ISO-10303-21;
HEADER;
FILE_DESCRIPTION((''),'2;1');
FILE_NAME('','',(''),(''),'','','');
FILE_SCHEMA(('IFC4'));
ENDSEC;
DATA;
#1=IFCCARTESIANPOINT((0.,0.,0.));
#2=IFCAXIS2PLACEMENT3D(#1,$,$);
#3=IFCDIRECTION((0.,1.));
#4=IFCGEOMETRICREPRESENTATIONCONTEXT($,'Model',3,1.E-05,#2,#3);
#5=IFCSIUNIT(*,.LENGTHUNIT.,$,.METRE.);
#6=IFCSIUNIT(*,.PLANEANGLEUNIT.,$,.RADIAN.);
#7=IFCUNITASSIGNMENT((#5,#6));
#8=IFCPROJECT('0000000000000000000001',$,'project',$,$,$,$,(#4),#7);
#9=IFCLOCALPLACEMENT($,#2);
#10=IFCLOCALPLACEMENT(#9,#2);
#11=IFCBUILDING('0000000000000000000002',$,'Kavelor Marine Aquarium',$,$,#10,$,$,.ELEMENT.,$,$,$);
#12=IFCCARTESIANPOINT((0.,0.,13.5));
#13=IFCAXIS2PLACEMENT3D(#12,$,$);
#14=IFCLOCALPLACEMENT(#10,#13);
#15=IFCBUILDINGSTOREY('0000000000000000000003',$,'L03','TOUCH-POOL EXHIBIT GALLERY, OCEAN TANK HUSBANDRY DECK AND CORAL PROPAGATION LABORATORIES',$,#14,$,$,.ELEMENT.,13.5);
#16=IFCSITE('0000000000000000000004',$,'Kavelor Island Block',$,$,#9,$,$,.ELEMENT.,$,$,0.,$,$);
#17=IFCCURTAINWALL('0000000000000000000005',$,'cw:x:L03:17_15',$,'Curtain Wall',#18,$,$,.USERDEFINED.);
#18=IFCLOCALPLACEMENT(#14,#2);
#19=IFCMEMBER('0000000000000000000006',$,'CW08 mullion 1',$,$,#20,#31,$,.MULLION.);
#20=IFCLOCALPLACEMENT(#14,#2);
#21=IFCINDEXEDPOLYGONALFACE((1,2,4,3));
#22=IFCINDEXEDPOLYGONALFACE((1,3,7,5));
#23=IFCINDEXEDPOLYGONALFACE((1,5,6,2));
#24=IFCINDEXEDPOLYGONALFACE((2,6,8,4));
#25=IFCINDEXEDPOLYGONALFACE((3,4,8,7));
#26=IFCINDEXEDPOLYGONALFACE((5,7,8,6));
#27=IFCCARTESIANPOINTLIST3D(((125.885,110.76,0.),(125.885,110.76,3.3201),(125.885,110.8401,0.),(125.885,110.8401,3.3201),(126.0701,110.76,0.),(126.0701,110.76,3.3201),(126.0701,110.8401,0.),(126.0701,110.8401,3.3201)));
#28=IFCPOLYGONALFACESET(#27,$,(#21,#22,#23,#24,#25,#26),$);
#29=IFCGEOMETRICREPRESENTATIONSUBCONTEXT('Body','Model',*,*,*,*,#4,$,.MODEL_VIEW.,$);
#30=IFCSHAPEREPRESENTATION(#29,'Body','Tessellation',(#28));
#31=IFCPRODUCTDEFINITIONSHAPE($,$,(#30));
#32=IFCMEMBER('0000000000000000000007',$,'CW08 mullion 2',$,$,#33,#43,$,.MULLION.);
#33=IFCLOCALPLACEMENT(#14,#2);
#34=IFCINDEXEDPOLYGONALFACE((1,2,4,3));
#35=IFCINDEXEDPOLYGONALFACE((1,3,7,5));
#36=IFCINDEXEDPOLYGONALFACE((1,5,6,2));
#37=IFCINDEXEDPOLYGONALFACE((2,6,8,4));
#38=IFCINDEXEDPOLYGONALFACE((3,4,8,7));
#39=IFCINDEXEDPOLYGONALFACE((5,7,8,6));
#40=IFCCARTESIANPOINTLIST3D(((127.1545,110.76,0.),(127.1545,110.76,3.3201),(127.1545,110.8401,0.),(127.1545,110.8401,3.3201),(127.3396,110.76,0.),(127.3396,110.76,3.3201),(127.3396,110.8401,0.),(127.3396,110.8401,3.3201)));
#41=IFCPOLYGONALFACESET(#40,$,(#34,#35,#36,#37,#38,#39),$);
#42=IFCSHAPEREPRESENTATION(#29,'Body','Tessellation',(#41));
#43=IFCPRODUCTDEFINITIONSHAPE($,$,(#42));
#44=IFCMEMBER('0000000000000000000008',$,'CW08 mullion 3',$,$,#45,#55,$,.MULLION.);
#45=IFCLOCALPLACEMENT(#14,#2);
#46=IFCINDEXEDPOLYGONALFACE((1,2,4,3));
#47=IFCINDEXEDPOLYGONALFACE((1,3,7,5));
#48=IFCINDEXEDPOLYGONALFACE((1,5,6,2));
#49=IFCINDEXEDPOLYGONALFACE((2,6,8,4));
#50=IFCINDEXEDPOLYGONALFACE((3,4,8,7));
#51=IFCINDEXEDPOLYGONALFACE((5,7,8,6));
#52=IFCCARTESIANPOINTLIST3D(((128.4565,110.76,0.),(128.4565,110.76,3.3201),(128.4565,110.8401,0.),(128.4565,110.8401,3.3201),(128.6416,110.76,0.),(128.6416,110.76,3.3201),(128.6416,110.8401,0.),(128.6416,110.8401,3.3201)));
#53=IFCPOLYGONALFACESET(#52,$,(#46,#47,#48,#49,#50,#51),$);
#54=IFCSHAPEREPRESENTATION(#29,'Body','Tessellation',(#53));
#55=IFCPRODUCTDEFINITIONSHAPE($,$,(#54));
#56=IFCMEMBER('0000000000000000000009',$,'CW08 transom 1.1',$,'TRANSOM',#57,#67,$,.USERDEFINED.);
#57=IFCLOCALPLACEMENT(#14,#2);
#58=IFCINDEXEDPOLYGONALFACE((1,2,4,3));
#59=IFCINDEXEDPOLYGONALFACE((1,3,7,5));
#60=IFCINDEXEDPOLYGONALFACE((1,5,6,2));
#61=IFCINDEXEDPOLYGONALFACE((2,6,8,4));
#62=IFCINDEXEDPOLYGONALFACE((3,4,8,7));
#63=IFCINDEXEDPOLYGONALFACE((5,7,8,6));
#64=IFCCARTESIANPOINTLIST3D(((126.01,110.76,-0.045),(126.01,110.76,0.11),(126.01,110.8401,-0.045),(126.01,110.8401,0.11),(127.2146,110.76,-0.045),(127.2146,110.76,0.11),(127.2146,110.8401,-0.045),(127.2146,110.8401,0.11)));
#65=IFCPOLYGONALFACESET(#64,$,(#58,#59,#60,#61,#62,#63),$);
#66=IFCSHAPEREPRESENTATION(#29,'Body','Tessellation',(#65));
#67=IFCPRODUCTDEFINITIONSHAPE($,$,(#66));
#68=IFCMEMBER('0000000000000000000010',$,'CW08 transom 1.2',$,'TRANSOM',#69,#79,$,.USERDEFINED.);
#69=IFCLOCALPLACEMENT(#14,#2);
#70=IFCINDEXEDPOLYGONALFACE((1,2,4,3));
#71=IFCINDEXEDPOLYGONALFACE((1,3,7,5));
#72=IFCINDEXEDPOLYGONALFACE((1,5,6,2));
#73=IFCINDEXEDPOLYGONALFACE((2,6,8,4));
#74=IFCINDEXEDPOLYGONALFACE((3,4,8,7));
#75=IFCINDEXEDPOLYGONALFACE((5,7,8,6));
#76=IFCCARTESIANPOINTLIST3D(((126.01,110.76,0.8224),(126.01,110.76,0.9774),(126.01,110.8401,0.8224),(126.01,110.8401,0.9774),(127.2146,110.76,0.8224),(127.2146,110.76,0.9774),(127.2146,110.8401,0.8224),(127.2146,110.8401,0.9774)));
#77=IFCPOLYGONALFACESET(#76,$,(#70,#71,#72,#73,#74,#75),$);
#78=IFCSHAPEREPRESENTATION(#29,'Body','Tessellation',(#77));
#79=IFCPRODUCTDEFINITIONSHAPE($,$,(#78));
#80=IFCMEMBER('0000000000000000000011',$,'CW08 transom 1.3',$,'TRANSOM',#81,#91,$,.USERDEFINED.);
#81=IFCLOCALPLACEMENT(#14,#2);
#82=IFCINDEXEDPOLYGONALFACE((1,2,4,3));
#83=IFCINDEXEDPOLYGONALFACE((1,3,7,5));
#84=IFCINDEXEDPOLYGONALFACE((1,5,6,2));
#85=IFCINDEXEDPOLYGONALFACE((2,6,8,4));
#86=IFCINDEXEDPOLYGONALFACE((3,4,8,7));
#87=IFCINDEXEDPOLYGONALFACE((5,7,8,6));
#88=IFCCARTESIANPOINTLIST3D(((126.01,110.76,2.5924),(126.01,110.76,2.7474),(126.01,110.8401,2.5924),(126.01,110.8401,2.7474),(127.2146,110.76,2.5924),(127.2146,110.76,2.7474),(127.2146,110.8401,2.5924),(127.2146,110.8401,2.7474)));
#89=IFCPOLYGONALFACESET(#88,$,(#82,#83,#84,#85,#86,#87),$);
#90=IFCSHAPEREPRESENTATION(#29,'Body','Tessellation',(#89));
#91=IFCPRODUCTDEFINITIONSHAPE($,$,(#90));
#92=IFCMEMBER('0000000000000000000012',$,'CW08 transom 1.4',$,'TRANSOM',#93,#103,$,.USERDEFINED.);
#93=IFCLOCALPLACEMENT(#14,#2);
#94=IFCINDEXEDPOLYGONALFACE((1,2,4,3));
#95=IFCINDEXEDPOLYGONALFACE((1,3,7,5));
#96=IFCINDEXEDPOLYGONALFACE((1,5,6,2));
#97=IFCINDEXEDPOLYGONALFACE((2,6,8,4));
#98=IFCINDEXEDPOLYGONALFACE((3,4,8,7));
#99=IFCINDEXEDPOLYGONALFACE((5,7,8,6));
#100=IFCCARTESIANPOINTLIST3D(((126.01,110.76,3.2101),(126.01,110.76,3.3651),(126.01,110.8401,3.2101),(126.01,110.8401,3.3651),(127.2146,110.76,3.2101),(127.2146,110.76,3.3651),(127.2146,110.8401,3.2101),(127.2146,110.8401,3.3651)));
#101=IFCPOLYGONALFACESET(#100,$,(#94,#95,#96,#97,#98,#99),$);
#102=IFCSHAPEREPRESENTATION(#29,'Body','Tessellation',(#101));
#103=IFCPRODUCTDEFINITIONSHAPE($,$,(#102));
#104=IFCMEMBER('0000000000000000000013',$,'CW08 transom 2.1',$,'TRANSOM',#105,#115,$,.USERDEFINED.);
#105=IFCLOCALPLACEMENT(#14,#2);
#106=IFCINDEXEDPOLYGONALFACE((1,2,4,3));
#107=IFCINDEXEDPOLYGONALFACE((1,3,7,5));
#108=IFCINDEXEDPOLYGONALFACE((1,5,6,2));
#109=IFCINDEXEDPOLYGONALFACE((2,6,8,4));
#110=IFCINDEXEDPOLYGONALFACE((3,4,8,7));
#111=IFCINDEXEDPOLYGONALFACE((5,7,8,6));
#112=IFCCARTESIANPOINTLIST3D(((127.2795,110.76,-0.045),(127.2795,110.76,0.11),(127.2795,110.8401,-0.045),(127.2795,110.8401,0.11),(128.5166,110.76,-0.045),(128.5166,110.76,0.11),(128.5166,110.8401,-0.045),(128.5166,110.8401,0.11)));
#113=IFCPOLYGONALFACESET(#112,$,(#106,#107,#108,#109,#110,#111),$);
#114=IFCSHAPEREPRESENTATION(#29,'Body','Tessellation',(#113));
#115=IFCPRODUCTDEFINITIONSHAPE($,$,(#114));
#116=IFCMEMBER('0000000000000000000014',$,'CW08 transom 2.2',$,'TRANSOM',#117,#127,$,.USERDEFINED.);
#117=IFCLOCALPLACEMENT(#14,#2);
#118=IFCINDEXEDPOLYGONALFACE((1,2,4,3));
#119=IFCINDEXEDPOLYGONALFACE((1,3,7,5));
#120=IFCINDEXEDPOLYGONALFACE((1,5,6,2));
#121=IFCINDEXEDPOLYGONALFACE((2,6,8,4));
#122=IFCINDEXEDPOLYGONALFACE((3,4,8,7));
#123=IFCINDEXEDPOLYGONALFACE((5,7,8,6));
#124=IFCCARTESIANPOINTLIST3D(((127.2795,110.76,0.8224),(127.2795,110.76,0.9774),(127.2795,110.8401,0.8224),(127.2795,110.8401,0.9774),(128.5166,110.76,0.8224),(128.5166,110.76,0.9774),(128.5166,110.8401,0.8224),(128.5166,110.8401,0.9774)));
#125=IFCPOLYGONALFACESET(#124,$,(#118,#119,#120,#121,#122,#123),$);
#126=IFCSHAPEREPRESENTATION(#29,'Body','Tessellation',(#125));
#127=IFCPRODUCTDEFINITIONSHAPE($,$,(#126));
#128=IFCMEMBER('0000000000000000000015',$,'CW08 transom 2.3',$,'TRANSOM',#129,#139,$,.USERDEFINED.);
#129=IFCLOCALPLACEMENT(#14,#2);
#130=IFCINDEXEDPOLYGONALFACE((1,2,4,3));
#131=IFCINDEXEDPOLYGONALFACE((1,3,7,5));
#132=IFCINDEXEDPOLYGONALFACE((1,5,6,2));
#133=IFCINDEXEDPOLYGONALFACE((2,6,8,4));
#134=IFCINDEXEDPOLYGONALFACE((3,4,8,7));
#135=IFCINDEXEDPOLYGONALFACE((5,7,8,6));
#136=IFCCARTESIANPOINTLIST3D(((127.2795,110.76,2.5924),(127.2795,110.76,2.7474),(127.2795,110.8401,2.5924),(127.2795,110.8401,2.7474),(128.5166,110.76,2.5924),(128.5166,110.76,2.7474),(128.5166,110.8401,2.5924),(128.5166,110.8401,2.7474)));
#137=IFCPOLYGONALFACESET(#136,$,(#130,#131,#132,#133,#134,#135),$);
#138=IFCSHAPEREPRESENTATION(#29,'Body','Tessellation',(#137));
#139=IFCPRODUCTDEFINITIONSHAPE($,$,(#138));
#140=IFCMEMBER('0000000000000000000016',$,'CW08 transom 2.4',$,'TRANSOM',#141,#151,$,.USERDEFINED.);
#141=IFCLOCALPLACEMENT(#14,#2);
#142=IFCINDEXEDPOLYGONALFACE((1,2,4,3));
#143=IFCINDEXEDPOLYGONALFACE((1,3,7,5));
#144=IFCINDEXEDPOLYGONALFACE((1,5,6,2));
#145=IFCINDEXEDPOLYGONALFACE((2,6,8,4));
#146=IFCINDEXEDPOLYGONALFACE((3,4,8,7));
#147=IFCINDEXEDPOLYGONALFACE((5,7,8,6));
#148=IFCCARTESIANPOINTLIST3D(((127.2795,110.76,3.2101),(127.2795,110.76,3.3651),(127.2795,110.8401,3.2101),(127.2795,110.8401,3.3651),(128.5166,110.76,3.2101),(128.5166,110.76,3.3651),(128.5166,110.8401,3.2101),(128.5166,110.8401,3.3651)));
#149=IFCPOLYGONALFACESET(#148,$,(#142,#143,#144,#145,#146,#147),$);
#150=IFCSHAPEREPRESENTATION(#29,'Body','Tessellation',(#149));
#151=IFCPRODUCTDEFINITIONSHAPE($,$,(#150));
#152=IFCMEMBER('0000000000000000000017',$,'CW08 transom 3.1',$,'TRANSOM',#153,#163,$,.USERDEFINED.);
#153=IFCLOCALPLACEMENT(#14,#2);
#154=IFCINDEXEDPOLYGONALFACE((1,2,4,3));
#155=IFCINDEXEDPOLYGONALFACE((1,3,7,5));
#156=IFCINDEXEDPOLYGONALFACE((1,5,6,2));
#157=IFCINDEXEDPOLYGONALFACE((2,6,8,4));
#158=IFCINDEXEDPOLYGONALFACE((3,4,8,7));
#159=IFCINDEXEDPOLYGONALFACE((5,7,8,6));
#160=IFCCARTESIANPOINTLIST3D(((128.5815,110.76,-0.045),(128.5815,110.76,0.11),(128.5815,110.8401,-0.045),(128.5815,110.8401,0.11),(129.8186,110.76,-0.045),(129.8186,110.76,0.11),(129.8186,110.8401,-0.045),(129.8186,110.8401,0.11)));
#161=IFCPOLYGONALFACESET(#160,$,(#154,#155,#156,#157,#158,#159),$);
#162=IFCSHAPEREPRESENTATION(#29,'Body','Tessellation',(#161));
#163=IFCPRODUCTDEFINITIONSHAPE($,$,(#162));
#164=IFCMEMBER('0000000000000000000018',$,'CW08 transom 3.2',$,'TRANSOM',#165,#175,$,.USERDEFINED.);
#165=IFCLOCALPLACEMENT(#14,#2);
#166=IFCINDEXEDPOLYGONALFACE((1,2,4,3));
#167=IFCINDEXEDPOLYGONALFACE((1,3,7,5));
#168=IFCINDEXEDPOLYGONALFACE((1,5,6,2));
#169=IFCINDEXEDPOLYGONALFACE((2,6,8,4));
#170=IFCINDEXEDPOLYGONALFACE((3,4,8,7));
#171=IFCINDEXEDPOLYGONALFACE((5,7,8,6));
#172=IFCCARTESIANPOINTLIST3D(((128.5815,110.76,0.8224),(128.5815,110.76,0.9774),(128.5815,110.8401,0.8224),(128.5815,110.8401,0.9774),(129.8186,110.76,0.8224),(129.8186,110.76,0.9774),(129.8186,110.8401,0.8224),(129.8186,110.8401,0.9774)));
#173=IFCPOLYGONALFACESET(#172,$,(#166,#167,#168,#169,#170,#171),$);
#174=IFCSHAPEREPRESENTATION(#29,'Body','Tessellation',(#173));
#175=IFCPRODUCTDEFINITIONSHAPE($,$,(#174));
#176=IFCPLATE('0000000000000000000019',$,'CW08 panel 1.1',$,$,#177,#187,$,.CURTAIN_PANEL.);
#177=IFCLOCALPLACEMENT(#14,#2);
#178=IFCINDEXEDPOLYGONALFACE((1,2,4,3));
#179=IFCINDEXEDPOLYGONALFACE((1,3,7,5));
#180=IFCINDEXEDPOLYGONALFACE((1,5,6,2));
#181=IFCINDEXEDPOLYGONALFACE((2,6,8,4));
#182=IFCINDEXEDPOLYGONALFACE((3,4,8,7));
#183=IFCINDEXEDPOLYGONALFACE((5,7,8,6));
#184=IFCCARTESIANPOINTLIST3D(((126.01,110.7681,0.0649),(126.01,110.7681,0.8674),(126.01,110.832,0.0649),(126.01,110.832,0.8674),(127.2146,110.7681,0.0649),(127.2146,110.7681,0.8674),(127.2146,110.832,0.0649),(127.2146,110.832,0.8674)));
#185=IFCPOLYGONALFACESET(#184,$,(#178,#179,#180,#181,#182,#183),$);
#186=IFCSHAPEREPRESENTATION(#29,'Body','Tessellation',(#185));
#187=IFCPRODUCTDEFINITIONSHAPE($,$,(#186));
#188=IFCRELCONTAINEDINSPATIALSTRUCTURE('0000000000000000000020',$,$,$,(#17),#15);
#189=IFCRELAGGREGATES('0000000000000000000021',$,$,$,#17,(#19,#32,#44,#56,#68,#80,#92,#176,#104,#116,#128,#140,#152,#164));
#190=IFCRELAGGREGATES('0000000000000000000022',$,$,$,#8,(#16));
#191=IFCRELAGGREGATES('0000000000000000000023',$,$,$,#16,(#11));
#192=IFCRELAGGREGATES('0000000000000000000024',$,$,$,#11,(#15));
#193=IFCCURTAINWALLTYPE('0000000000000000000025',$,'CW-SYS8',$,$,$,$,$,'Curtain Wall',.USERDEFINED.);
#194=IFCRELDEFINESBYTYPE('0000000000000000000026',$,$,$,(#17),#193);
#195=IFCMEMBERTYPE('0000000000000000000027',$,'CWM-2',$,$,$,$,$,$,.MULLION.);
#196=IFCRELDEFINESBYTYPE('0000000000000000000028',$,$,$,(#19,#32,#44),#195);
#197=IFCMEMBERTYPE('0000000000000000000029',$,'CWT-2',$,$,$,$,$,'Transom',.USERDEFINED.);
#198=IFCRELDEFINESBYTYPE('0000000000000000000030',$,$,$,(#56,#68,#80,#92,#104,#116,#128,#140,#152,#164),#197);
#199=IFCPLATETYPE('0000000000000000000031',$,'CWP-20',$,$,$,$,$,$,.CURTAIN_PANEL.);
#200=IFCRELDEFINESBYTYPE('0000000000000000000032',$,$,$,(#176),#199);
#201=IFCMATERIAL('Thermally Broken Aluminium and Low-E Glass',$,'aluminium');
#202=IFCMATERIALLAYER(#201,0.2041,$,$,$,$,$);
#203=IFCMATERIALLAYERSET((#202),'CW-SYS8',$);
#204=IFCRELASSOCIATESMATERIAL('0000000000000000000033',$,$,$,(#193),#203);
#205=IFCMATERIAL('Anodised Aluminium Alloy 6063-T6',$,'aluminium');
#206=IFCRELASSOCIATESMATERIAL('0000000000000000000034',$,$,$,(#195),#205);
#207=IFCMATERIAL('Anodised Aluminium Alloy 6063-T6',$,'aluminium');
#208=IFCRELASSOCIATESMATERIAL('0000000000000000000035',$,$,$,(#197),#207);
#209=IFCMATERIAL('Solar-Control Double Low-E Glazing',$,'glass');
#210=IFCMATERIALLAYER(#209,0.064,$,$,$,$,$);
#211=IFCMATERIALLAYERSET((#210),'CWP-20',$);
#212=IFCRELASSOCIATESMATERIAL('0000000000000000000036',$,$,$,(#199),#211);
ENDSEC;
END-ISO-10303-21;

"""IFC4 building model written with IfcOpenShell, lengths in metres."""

from ifc_helpers import new_model, si_unit, direction, frame, origin, origin_2d, place, context, subcontext, project, spatial, rectangle, extrude, material, layer, layer_set, material_profile, profile_set, type_object, element, aggregate, save


model = new_model("IFC4")

# Units and contexts
model_context = context("Model", 3, precision=1e-05, world=origin(), true_north=direction((0.0, 1.0)))
body_context = subcontext(model_context, "Body", "Model", "MODEL_VIEW")
ifc_project = project(units=[si_unit("LENGTHUNIT", "METRE"), si_unit("PLANEANGLEUNIT", "RADIAN")], contexts=[model_context])

# Site, building, storey
site_placement = place(None, origin())
site = spatial("IfcSite", under=ifc_project, at=site_placement, Name="Kavelor Island Block", CompositionType="ELEMENT", RefElevation=0.0)
building_placement = place(site_placement, origin())
building = spatial("IfcBuilding", under=site, at=building_placement, Name="Kavelor Marine Aquarium", CompositionType="ELEMENT")
storey_placement = place(building_placement, frame((0.0, 0.0, 13.5)))
storey = spatial("IfcBuildingStorey", under=building, at=storey_placement, Name="L03", Description="TOUCH-POOL EXHIBIT GALLERY, OCEAN TANK HUSBANDRY DECK AND CORAL PROPAGATION LABORATORIES", CompositionType="ELEMENT", Elevation=13.5)

# Curtain wall, members, plate
ifc_material_1 = material(Name="Thermally Broken Aluminium and Low-E Glass", Category="aluminium")
ifc_layer_1 = layer(ifc_material_1, 0.2041)
ifc_layer_set_1 = layer_set([ifc_layer_1], Name="CW-SYS8")
curtain_wall_type = type_object("IfcCurtainWallType", Name="CW-SYS8", ElementType="Curtain Wall", PredefinedType="USERDEFINED", material=ifc_layer_set_1)
curtain_wall_placement = place(storey_placement, origin())
curtain_wall = element("IfcCurtainWall", 1, at=curtain_wall_placement, inside=storey, type_object=curtain_wall_type, Name="cw:x:L03:17_15", ObjectType="Curtain Wall", PredefinedType="USERDEFINED")
ifc_material_2 = material(Name="Anodised Aluminium Alloy 6063-T6", Category="aluminium")
ifc_material_profile_1 = material_profile(ifc_material_2, rectangle(XDim=0.0801, YDim=0.1851, at=origin_2d()), Name="CW-MUL 80x185")
ifc_profile_set_1 = profile_set([ifc_material_profile_1], Name="Anodised Aluminium Alloy 6063-T6")
member_type_1 = type_object("IfcMemberType", Name="CWM-2", PredefinedType="MULLION", material=ifc_profile_set_1)
member_1_placement = place(storey_placement, frame((125.9775, 110.8, 0.0), z_axis=(0.0, 0.0, 1.0), x_axis=(0.0, 1.0, 0.0)))
member_1 = element("IfcMember", 2, at=member_1_placement, type_object=member_type_1, Name="CW08 mullion 1", PredefinedType="MULLION", context=body_context, shape_type="SweptSolid", body=[
    extrude(rectangle(XDim=0.0801, YDim=0.1851, at=origin_2d()), origin(), (0.0, 0.0, 1.0), 3.3201),
])
member_2_placement = place(storey_placement, frame((127.2471, 110.8, 0.0), z_axis=(0.0, 0.0, 1.0), x_axis=(0.0, 1.0, 0.0)))
member_2 = element("IfcMember", 3, at=member_2_placement, type_object=member_type_1, Name="CW08 mullion 2", PredefinedType="MULLION", context=body_context, shape_type="SweptSolid", body=[
    extrude(rectangle(XDim=0.0801, YDim=0.1851, at=origin_2d()), origin(), (0.0, 0.0, 1.0), 3.3201),
])
member_3_placement = place(storey_placement, frame((128.5491, 110.8, 0.0), z_axis=(0.0, 0.0, 1.0), x_axis=(0.0, 1.0, 0.0)))
member_3 = element("IfcMember", 4, at=member_3_placement, type_object=member_type_1, Name="CW08 mullion 3", PredefinedType="MULLION", context=body_context, shape_type="SweptSolid", body=[
    extrude(rectangle(XDim=0.0801, YDim=0.1851, at=origin_2d()), origin(), (0.0, 0.0, 1.0), 3.3201),
])
ifc_material_3 = material(Name="Anodised Aluminium Alloy 6063-T6", Category="aluminium")
ifc_material_profile_2 = material_profile(ifc_material_3, rectangle(XDim=0.0801, YDim=0.155, at=origin_2d()), Name="CW-TRN 80x155")
ifc_profile_set_2 = profile_set([ifc_material_profile_2], Name="Anodised Aluminium Alloy 6063-T6")
member_type_2 = type_object("IfcMemberType", Name="CWT-2", ElementType="Transom", PredefinedType="USERDEFINED", material=ifc_profile_set_2)
member_4_placement = place(storey_placement, frame((126.01, 110.8, 0.0325), z_axis=(1.0, 0.0, 0.0), x_axis=(0.0, 1.0, 0.0)))
member_4 = element("IfcMember", 5, at=member_4_placement, type_object=member_type_2, Name="CW08 transom 1.1", ObjectType="TRANSOM", PredefinedType="USERDEFINED", context=body_context, shape_type="SweptSolid", body=[
    extrude(rectangle(XDim=0.0801, YDim=0.155, at=origin_2d()), origin(), (0.0, 0.0, 1.0), 1.2046),
])
member_5_placement = place(storey_placement, frame((126.01, 110.8, 0.8999), z_axis=(1.0, 0.0, 0.0), x_axis=(0.0, 1.0, 0.0)))
member_5 = element("IfcMember", 6, at=member_5_placement, type_object=member_type_2, Name="CW08 transom 1.2", ObjectType="TRANSOM", PredefinedType="USERDEFINED", context=body_context, shape_type="SweptSolid", body=[
    extrude(rectangle(XDim=0.0801, YDim=0.155, at=origin_2d()), origin(), (0.0, 0.0, 1.0), 1.2046),
])
member_6_placement = place(storey_placement, frame((126.01, 110.8, 2.6699), z_axis=(1.0, 0.0, 0.0), x_axis=(0.0, 1.0, 0.0)))
member_6 = element("IfcMember", 7, at=member_6_placement, type_object=member_type_2, Name="CW08 transom 1.3", ObjectType="TRANSOM", PredefinedType="USERDEFINED", context=body_context, shape_type="SweptSolid", body=[
    extrude(rectangle(XDim=0.0801, YDim=0.155, at=origin_2d()), origin(), (0.0, 0.0, 1.0), 1.2046),
])
member_7_placement = place(storey_placement, frame((126.01, 110.8, 3.2876), z_axis=(1.0, 0.0, 0.0), x_axis=(0.0, 1.0, 0.0)))
member_7 = element("IfcMember", 8, at=member_7_placement, type_object=member_type_2, Name="CW08 transom 1.4", ObjectType="TRANSOM", PredefinedType="USERDEFINED", context=body_context, shape_type="SweptSolid", body=[
    extrude(rectangle(XDim=0.0801, YDim=0.155, at=origin_2d()), origin(), (0.0, 0.0, 1.0), 1.2046),
])
member_8_placement = place(storey_placement, frame((127.2795, 110.8, 0.0325), z_axis=(1.0, 0.0, 0.0), x_axis=(0.0, 1.0, 0.0)))
member_8 = element("IfcMember", 9, at=member_8_placement, type_object=member_type_2, Name="CW08 transom 2.1", ObjectType="TRANSOM", PredefinedType="USERDEFINED", context=body_context, shape_type="SweptSolid", body=[
    extrude(rectangle(XDim=0.0801, YDim=0.155, at=origin_2d()), origin(), (0.0, 0.0, 1.0), 1.2371),
])
member_9_placement = place(storey_placement, frame((127.2795, 110.8, 0.8999), z_axis=(1.0, 0.0, 0.0), x_axis=(0.0, 1.0, 0.0)))
member_9 = element("IfcMember", 10, at=member_9_placement, type_object=member_type_2, Name="CW08 transom 2.2", ObjectType="TRANSOM", PredefinedType="USERDEFINED", context=body_context, shape_type="SweptSolid", body=[
    extrude(rectangle(XDim=0.0801, YDim=0.155, at=origin_2d()), origin(), (0.0, 0.0, 1.0), 1.2371),
])
member_10_placement = place(storey_placement, frame((127.2795, 110.8, 2.6699), z_axis=(1.0, 0.0, 0.0), x_axis=(0.0, 1.0, 0.0)))
member_10 = element("IfcMember", 11, at=member_10_placement, type_object=member_type_2, Name="CW08 transom 2.3", ObjectType="TRANSOM", PredefinedType="USERDEFINED", context=body_context, shape_type="SweptSolid", body=[
    extrude(rectangle(XDim=0.0801, YDim=0.155, at=origin_2d()), origin(), (0.0, 0.0, 1.0), 1.2371),
])
member_11_placement = place(storey_placement, frame((127.2795, 110.8, 3.2876), z_axis=(1.0, 0.0, 0.0), x_axis=(0.0, 1.0, 0.0)))
member_11 = element("IfcMember", 12, at=member_11_placement, type_object=member_type_2, Name="CW08 transom 2.4", ObjectType="TRANSOM", PredefinedType="USERDEFINED", context=body_context, shape_type="SweptSolid", body=[
    extrude(rectangle(XDim=0.0801, YDim=0.155, at=origin_2d()), origin(), (0.0, 0.0, 1.0), 1.2371),
])
member_12_placement = place(storey_placement, frame((128.5815, 110.8, 0.0325), z_axis=(1.0, 0.0, 0.0), x_axis=(0.0, 1.0, 0.0)))
member_12 = element("IfcMember", 13, at=member_12_placement, type_object=member_type_2, Name="CW08 transom 3.1", ObjectType="TRANSOM", PredefinedType="USERDEFINED", context=body_context, shape_type="SweptSolid", body=[
    extrude(rectangle(XDim=0.0801, YDim=0.155, at=origin_2d()), origin(), (0.0, 0.0, 1.0), 1.2371),
])
member_13_placement = place(storey_placement, frame((128.5815, 110.8, 0.8999), z_axis=(1.0, 0.0, 0.0), x_axis=(0.0, 1.0, 0.0)))
member_13 = element("IfcMember", 14, at=member_13_placement, type_object=member_type_2, Name="CW08 transom 3.2", ObjectType="TRANSOM", PredefinedType="USERDEFINED", context=body_context, shape_type="SweptSolid", body=[
    extrude(rectangle(XDim=0.0801, YDim=0.155, at=origin_2d()), origin(), (0.0, 0.0, 1.0), 1.2371),
])
ifc_material_4 = material(Name="Solar-Control Double Low-E Glazing", Category="glass")
ifc_layer_2 = layer(ifc_material_4, 0.064)
ifc_layer_set_2 = layer_set([ifc_layer_2], Name="CWP-20")
plate_type = type_object("IfcPlateType", Name="CWP-20", PredefinedType="CURTAIN_PANEL", material=ifc_layer_set_2)
plate_1_placement = place(storey_placement, frame((126.6123, 110.8, 0.0649), z_axis=(0.0, 0.0, 1.0), x_axis=(1.0, 0.0, 0.0)))
plate_1 = element("IfcPlate", 15, at=plate_1_placement, type_object=plate_type, Name="CW08 panel 1.1", PredefinedType="CURTAIN_PANEL", context=body_context, shape_type="SweptSolid", body=[
    extrude(rectangle(XDim=1.2046, YDim=0.064, at=origin_2d()), origin(), (0.0, 0.0, 1.0), 0.8025),
])
aggregate(curtain_wall, [member_1, member_2, member_3, member_4, member_5, member_6, member_7, plate_1, member_8, member_9, member_10, member_11, member_12, member_13])

save(model, "model.ifc")
